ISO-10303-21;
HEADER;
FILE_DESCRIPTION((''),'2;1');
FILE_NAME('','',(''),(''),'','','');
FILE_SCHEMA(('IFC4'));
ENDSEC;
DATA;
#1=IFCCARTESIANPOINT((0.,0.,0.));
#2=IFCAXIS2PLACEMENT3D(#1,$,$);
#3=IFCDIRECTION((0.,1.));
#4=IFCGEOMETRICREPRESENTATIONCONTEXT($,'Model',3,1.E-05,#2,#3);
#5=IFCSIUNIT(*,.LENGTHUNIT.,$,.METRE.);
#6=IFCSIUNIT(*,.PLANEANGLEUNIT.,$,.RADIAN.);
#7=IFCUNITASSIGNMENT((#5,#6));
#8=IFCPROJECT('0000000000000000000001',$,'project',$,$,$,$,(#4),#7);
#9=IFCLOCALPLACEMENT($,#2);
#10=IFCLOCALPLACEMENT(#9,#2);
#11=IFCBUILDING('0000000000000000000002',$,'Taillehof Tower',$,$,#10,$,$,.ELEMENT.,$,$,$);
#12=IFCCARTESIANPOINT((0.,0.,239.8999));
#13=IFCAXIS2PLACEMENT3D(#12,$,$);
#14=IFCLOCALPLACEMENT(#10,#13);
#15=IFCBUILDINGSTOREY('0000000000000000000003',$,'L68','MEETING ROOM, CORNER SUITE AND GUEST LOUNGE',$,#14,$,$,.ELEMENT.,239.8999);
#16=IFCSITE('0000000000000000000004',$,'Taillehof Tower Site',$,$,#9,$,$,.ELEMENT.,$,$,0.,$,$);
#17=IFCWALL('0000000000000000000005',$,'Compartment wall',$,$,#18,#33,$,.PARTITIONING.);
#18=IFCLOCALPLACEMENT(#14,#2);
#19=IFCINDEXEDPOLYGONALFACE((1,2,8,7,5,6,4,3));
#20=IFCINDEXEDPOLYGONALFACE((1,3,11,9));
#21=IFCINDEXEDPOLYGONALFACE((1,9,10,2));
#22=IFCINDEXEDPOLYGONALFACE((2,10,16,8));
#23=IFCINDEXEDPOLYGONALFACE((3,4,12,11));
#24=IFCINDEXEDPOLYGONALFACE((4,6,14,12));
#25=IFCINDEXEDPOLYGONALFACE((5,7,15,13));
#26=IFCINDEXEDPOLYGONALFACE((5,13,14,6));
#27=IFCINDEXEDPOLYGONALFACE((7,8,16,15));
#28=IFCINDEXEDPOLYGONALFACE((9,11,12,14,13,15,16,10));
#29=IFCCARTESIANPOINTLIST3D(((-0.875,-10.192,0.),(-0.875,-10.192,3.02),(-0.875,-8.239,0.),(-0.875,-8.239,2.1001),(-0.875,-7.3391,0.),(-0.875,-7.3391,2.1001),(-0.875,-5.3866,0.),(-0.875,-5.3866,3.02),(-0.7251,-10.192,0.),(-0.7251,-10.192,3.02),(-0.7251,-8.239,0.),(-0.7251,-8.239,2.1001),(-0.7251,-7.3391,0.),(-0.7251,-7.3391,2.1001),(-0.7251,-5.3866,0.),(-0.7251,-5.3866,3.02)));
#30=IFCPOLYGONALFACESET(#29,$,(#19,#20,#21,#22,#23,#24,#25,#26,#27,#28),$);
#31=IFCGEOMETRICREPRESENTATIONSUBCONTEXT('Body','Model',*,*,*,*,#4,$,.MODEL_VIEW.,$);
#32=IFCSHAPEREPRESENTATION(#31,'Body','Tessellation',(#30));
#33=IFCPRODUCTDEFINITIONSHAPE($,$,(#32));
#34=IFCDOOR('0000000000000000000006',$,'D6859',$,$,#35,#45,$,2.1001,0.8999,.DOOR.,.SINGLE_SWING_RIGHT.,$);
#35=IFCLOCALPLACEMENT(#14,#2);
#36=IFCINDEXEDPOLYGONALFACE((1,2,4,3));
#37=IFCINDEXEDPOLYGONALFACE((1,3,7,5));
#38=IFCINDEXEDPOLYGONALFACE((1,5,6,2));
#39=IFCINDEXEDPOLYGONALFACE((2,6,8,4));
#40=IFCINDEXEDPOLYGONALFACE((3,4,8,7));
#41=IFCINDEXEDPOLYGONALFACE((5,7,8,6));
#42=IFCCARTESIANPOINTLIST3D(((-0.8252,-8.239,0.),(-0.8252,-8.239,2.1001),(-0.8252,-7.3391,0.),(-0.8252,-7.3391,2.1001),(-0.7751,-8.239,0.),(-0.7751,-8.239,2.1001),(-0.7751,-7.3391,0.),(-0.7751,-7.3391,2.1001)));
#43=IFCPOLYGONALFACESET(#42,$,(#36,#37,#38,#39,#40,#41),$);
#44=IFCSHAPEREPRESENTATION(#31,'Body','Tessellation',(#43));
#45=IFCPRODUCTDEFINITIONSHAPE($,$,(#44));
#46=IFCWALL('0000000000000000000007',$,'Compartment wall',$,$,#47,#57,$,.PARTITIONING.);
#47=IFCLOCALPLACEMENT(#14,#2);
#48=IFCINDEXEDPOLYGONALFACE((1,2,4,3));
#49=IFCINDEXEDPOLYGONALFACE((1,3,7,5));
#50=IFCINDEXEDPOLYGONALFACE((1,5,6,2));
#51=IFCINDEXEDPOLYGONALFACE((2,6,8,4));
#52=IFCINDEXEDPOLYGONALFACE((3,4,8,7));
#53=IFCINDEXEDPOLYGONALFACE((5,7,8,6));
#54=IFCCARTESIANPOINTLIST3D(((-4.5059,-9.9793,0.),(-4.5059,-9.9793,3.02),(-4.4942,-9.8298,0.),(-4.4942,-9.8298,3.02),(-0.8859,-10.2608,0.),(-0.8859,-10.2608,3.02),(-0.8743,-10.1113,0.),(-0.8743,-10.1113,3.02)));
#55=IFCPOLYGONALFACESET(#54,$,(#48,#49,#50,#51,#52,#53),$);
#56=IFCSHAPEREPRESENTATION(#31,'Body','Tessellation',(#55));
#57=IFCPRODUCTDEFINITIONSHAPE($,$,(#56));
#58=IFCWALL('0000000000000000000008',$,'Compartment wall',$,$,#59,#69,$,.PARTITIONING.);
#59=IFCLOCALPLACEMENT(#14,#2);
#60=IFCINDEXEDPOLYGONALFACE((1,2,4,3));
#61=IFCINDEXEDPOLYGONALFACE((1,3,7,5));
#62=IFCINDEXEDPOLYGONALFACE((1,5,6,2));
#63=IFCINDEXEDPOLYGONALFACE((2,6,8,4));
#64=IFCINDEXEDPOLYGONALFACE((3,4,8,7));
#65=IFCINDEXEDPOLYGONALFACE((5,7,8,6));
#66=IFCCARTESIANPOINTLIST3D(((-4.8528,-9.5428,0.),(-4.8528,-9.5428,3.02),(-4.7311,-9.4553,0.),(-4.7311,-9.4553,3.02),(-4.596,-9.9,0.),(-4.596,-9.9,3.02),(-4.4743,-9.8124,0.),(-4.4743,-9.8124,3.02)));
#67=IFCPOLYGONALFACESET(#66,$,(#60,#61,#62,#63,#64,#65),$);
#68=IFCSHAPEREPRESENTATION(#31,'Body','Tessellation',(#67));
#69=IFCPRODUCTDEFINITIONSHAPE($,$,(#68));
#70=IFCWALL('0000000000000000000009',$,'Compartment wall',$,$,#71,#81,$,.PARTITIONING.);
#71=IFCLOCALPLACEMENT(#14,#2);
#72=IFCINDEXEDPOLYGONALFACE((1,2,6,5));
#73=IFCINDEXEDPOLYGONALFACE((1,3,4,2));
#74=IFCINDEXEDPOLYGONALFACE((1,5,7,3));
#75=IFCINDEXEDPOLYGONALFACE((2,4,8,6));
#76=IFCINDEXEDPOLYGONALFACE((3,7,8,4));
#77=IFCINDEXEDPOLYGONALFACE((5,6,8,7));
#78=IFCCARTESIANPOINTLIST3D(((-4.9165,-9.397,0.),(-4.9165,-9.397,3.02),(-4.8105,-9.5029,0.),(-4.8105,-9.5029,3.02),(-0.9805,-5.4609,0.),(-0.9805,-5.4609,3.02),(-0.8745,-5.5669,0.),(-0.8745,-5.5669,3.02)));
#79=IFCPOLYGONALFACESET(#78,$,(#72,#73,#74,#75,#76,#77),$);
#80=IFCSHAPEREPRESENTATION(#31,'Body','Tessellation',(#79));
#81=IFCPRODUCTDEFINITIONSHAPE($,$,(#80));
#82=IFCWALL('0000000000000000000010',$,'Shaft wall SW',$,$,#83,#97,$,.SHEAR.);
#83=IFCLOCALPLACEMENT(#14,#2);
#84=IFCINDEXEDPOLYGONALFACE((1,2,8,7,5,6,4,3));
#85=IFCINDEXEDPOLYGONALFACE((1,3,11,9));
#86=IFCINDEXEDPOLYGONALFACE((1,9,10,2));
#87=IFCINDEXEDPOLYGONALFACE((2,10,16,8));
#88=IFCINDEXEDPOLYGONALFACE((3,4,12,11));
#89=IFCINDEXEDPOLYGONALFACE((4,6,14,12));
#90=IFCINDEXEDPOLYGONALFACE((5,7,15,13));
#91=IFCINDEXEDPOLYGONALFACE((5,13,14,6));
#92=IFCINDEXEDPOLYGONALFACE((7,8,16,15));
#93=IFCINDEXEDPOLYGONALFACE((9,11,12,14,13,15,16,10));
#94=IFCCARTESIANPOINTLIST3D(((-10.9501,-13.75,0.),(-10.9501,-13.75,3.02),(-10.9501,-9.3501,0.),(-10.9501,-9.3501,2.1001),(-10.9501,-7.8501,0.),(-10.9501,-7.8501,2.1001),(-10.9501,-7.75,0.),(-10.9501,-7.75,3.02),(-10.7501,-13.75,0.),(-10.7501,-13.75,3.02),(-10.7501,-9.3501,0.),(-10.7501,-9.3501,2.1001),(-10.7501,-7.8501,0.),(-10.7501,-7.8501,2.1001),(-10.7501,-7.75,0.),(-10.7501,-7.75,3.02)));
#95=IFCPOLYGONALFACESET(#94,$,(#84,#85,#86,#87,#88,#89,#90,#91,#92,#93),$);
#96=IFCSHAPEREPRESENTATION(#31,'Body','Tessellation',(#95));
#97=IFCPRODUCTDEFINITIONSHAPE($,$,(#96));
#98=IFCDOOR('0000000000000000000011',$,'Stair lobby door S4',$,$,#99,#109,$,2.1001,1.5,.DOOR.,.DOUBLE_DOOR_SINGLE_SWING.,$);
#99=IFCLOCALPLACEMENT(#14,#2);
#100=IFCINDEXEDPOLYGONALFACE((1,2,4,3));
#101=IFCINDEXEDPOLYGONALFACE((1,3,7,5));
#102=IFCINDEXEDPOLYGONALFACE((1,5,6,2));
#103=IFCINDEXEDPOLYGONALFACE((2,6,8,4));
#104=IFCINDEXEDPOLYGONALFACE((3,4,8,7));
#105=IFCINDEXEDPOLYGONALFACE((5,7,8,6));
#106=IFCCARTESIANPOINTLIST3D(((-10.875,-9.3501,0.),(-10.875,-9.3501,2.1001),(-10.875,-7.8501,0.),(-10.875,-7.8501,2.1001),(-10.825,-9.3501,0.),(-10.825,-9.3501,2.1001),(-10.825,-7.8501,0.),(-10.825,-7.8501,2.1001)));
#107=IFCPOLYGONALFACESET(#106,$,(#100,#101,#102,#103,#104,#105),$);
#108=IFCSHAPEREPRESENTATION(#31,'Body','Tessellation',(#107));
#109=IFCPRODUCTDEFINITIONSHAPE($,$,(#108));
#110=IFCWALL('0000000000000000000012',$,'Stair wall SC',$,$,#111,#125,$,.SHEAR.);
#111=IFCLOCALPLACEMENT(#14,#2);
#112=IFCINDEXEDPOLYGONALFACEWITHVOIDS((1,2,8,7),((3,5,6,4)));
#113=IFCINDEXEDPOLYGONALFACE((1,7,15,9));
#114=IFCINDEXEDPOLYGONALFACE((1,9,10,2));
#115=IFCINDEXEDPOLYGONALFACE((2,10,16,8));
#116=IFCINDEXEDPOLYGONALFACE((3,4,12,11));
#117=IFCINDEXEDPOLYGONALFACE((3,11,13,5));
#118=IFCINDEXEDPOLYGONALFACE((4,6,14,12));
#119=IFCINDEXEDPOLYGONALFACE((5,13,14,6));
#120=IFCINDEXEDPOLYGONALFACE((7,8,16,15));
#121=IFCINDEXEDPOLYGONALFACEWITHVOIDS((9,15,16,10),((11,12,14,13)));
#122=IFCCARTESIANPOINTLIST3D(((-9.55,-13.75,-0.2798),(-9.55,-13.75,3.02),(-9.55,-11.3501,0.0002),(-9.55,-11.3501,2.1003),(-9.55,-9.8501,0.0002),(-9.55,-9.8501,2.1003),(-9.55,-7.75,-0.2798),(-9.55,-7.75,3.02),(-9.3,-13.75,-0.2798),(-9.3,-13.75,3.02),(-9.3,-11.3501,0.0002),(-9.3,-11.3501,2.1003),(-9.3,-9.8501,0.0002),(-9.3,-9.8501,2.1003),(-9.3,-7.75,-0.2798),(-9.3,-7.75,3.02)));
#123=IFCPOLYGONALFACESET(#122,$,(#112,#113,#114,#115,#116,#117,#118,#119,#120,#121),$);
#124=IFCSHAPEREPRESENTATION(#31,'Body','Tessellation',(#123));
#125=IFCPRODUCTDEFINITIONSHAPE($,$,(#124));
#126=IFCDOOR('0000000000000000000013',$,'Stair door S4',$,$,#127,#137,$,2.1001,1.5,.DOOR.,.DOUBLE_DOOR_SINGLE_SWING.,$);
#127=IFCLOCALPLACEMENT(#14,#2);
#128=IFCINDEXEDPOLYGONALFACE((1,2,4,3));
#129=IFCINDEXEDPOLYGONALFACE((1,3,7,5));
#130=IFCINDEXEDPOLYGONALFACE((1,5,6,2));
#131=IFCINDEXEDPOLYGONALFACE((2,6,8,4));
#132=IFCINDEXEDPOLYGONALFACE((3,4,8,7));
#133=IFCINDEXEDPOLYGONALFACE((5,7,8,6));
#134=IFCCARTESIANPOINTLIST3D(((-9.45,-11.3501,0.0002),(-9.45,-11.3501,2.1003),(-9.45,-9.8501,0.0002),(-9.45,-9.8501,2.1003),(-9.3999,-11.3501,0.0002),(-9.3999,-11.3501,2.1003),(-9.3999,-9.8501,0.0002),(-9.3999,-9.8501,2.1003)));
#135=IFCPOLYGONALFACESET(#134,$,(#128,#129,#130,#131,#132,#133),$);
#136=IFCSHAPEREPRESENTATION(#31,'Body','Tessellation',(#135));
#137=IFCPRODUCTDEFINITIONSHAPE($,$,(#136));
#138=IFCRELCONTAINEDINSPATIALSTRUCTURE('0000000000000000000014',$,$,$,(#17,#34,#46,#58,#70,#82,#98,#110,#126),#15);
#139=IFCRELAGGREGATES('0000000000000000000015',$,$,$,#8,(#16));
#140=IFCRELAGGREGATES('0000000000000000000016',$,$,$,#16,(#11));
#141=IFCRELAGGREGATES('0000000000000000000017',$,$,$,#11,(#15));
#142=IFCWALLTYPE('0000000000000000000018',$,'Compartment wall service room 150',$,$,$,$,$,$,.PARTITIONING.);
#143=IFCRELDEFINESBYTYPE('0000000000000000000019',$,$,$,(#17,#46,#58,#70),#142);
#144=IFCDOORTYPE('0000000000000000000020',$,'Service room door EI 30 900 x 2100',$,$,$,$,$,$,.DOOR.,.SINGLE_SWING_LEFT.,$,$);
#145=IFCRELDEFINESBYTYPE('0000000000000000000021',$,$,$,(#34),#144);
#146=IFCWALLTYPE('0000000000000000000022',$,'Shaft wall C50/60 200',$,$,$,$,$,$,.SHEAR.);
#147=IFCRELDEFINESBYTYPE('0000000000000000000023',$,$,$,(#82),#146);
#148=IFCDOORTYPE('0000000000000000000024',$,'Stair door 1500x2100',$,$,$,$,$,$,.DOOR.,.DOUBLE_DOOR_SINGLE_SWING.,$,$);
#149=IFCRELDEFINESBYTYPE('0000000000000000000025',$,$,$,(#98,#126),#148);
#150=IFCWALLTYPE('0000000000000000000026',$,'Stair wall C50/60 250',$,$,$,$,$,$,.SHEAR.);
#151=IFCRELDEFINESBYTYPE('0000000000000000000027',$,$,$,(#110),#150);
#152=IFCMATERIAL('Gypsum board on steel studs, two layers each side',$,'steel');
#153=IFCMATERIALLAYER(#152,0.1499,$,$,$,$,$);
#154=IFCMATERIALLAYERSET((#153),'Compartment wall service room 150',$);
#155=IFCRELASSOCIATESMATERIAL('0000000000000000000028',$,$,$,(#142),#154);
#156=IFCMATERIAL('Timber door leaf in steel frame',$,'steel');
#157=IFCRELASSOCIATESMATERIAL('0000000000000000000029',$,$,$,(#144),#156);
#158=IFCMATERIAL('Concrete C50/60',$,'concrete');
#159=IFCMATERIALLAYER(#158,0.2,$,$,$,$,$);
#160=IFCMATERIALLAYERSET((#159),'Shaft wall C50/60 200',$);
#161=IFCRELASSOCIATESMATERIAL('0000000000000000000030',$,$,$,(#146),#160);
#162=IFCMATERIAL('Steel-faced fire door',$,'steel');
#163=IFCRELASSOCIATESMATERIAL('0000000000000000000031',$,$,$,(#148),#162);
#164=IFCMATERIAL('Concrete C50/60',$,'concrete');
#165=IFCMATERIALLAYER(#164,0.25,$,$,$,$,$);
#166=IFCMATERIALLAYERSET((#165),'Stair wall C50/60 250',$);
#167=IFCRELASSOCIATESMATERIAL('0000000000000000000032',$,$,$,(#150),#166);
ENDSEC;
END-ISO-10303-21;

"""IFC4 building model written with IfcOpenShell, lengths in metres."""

from ifc_helpers import new_model, si_unit, direction, frame, frame_2d, origin, place, context, subcontext, project, spatial, rectangle, extrude, material, layer, layer_set, type_object, element, fill, save


model = new_model("IFC4")

# Units and contexts
model_context = context("Model", 3, precision=1e-05, world=origin(), true_north=direction((0.0, 1.0)))
body_context = subcontext(model_context, "Body", "Model", "MODEL_VIEW")
ifc_project = project(units=[si_unit("LENGTHUNIT", "METRE"), si_unit("PLANEANGLEUNIT", "RADIAN")], contexts=[model_context])

# Site, building, storey
site_placement = place(None, origin())
site = spatial("IfcSite", under=ifc_project, at=site_placement, Name="Taillehof Tower Site", CompositionType="ELEMENT", RefElevation=0.0)
building_placement = place(site_placement, origin())
building = spatial("IfcBuilding", under=site, at=building_placement, Name="Taillehof Tower", CompositionType="ELEMENT")
storey_placement = place(building_placement, frame((0.0, 0.0, 239.8999)))
storey = spatial("IfcBuildingStorey", under=building, at=storey_placement, Name="L68", Description="MEETING ROOM, CORNER SUITE AND GUEST LOUNGE", CompositionType="ELEMENT", Elevation=239.8999)

# Wall, opening, door
ifc_material_1 = material(Name="Gypsum board on steel studs, two layers each side", Category="steel")
ifc_layer_1 = layer(ifc_material_1, 0.1499)
ifc_layer_set_1 = layer_set([ifc_layer_1], Name="Compartment wall service room 150")
wall_type_1 = type_object("IfcWallType", Name="Compartment wall service room 150", PredefinedType="PARTITIONING", material=ifc_layer_set_1)
wall_1_placement = place(storey_placement, frame((-0.8, -5.3865, 0.0), z_axis=(0.0, 0.0, 1.0), x_axis=(0.0, -1.0, 0.0)))
wall_1 = element("IfcWall", 1, at=wall_1_placement, inside=storey, type_object=wall_type_1, Name="Compartment wall", PredefinedType="PARTITIONING", context=body_context, shape_type="SweptSolid", body=[
    extrude(rectangle(XDim=4.8054, YDim=0.1499, at=frame_2d((2.4028, 0.0))), origin(), (0.0, 0.0, 1.0), 3.02),
])
opening_1_placement = place(wall_1_placement, frame((1.9526, 0.0, 0.0)))
opening_1 = element("IfcOpeningElement", 2, at=opening_1_placement, cuts=wall_1, PredefinedType="OPENING", context=body_context, shape_type="SweptSolid", body=[
    extrude(rectangle(XDim=0.8999, YDim=2.1001, at=frame_2d((0.45, 1.05))), frame((0.0, 0.085, 0.0), z_axis=(0.0, -1.0, 0.0), x_axis=(1.0, 0.0, 0.0)), (0.0, 0.0, 1.0), 0.1699),
])
ifc_material_2 = material(Name="Timber door leaf in steel frame", Category="steel")
door_type_1 = type_object("IfcDoorType", Name="Service room door EI 30 900 x 2100", OperationType="SINGLE_SWING_LEFT", PredefinedType="DOOR", material=ifc_material_2)
door_1_placement = place(opening_1_placement, origin())
door_1 = element("IfcDoor", 3, at=door_1_placement, inside=storey, type_object=door_type_1, Name="D6859", OperationType="SINGLE_SWING_RIGHT", OverallHeight=2.1001, OverallWidth=0.8999, PredefinedType="DOOR", context=body_context, shape_type="SweptSolid", body=[
    extrude(rectangle(XDim=0.8999, YDim=2.1001, at=frame_2d((0.45, 1.05))), frame((0.0, 0.0249, 0.0), z_axis=(0.0, -1.0, 0.0), x_axis=(1.0, 0.0, 0.0)), (0.0, 0.0, 1.0), 0.05),
])
fill(opening_1, door_1)

# Walls
wall_2_placement = place(storey_placement, frame((-0.8801, -10.186, 0.0), z_axis=(0.0, 0.0, 1.0), x_axis=(-0.99699, 0.077529, 0.0)))
element("IfcWall", 4, at=wall_2_placement, inside=storey, type_object=wall_type_1, Name="Compartment wall", PredefinedType="PARTITIONING", context=body_context, shape_type="SweptSolid", body=[
    extrude(rectangle(XDim=3.6309, YDim=0.1499, at=frame_2d((1.8154, 0.0))), origin(), (0.0, 0.0, 1.0), 3.02),
])
wall_3_placement = place(storey_placement, frame((-4.5352, -9.8562, 0.0), z_axis=(0.0, 0.0, 1.0), x_axis=(-0.583808, 0.811892, 0.0)))
element("IfcWall", 5, at=wall_3_placement, inside=storey, type_object=wall_type_1, Name="Compartment wall", PredefinedType="PARTITIONING", context=body_context, shape_type="SweptSolid", body=[
    extrude(rectangle(XDim=0.4399, YDim=0.1499, at=frame_2d((0.22, 0.0))), origin(), (0.0, 0.0, 1.0), 3.02),
])
wall_4_placement = place(storey_placement, frame((-4.8635, -9.45, 0.0), z_axis=(0.0, 0.0, 1.0), x_axis=(0.707107, 0.707107, 0.0)))
element("IfcWall", 6, at=wall_4_placement, inside=storey, type_object=wall_type_1, Name="Compartment wall", PredefinedType="PARTITIONING", context=body_context, shape_type="SweptSolid", body=[
    extrude(rectangle(XDim=5.5664, YDim=0.1499, at=frame_2d((2.7832, 0.0))), origin(), (0.0, 0.0, 1.0), 3.02),
])

# Walls, openings, doors
ifc_material_3 = material(Name="Concrete C50/60", Category="concrete")
ifc_layer_2 = layer(ifc_material_3, 0.2)
ifc_layer_set_2 = layer_set([ifc_layer_2], Name="Shaft wall C50/60 200")
wall_type_2 = type_object("IfcWallType", Name="Shaft wall C50/60 200", PredefinedType="SHEAR", material=ifc_layer_set_2)
wall_5_placement = place(storey_placement, frame((-10.8501, -13.75, 0.0), z_axis=(0.0, 0.0, 1.0), x_axis=(0.0, 1.0, 0.0)))
wall_5 = element("IfcWall", 7, at=wall_5_placement, inside=storey, type_object=wall_type_2, Name="Shaft wall SW", PredefinedType="SHEAR", context=body_context, shape_type="SweptSolid", body=[
    extrude(rectangle(XDim=6.0, YDim=0.2, at=frame_2d((3.0, 0.0))), origin(), (0.0, 0.0, 1.0), 3.02),
])
opening_2_placement = place(wall_5_placement, frame((4.3999, 0.0, 0.0)))
opening_2 = element("IfcOpeningElement", 8, at=opening_2_placement, cuts=wall_5, PredefinedType="OPENING", context=body_context, shape_type="SweptSolid", body=[
    extrude(rectangle(XDim=1.5, YDim=2.1001, at=frame_2d((0.75, 1.05))), frame((0.0, 0.1099, 0.0), z_axis=(0.0, -1.0, 0.0), x_axis=(1.0, 0.0, 0.0)), (0.0, 0.0, 1.0), 0.22),
])
ifc_material_4 = material(Name="Steel-faced fire door", Category="steel")
door_type_2 = type_object("IfcDoorType", Name="Stair door 1500x2100", OperationType="DOUBLE_DOOR_SINGLE_SWING", PredefinedType="DOOR", material=ifc_material_4)
door_2_placement = place(opening_2_placement, origin())
door_2 = element("IfcDoor", 9, at=door_2_placement, inside=storey, type_object=door_type_2, Name="Stair lobby door S4", OperationType="DOUBLE_DOOR_SINGLE_SWING", OverallHeight=2.1001, OverallWidth=1.5, PredefinedType="DOOR", context=body_context, shape_type="SweptSolid", body=[
    extrude(rectangle(XDim=1.5, YDim=2.1001, at=frame_2d((0.75, 1.05))), frame((0.0, 0.0249, 0.0), z_axis=(0.0, -1.0, 0.0), x_axis=(1.0, 0.0, 0.0)), (0.0, 0.0, 1.0), 0.05),
])
fill(opening_2, door_2)
ifc_material_5 = material(Name="Concrete C50/60", Category="concrete")
ifc_layer_3 = layer(ifc_material_5, 0.25)
ifc_layer_set_3 = layer_set([ifc_layer_3], Name="Stair wall C50/60 250")
wall_type_3 = type_object("IfcWallType", Name="Stair wall C50/60 250", PredefinedType="SHEAR", material=ifc_layer_set_3)
wall_6_placement = place(storey_placement, frame((-9.425, -13.75, -0.2798), z_axis=(0.0, 0.0, 1.0), x_axis=(0.0, 1.0, 0.0)))
wall_6 = element("IfcWall", 10, at=wall_6_placement, inside=storey, type_object=wall_type_3, Name="Stair wall SC", PredefinedType="SHEAR", context=body_context, shape_type="SweptSolid", body=[
    extrude(rectangle(XDim=6.0, YDim=0.25, at=frame_2d((3.0, 0.0))), origin(), (0.0, 0.0, 1.0), 3.2998),
])
opening_3_placement = place(wall_6_placement, frame((2.3999, 0.0, 0.28)))
opening_3 = element("IfcOpeningElement", 11, at=opening_3_placement, cuts=wall_6, PredefinedType="OPENING", context=body_context, shape_type="SweptSolid", body=[
    extrude(rectangle(XDim=1.5, YDim=2.1001, at=frame_2d((0.75, 1.05))), frame((0.0, 0.135, 0.0), z_axis=(0.0, -1.0, 0.0), x_axis=(1.0, 0.0, 0.0)), (0.0, 0.0, 1.0), 0.27),
])
door_3_placement = place(opening_3_placement, origin())
door_3 = element("IfcDoor", 12, at=door_3_placement, inside=storey, type_object=door_type_2, Name="Stair door S4", OperationType="DOUBLE_DOOR_SINGLE_SWING", OverallHeight=2.1001, OverallWidth=1.5, PredefinedType="DOOR", context=body_context, shape_type="SweptSolid", body=[
    extrude(rectangle(XDim=1.5, YDim=2.1001, at=frame_2d((0.75, 1.05))), frame((0.0, 0.0249, 0.0), z_axis=(0.0, -1.0, 0.0), x_axis=(1.0, 0.0, 0.0)), (0.0, 0.0, 1.0), 0.05),
])
fill(opening_3, door_3)

save(model, "model.ifc")
